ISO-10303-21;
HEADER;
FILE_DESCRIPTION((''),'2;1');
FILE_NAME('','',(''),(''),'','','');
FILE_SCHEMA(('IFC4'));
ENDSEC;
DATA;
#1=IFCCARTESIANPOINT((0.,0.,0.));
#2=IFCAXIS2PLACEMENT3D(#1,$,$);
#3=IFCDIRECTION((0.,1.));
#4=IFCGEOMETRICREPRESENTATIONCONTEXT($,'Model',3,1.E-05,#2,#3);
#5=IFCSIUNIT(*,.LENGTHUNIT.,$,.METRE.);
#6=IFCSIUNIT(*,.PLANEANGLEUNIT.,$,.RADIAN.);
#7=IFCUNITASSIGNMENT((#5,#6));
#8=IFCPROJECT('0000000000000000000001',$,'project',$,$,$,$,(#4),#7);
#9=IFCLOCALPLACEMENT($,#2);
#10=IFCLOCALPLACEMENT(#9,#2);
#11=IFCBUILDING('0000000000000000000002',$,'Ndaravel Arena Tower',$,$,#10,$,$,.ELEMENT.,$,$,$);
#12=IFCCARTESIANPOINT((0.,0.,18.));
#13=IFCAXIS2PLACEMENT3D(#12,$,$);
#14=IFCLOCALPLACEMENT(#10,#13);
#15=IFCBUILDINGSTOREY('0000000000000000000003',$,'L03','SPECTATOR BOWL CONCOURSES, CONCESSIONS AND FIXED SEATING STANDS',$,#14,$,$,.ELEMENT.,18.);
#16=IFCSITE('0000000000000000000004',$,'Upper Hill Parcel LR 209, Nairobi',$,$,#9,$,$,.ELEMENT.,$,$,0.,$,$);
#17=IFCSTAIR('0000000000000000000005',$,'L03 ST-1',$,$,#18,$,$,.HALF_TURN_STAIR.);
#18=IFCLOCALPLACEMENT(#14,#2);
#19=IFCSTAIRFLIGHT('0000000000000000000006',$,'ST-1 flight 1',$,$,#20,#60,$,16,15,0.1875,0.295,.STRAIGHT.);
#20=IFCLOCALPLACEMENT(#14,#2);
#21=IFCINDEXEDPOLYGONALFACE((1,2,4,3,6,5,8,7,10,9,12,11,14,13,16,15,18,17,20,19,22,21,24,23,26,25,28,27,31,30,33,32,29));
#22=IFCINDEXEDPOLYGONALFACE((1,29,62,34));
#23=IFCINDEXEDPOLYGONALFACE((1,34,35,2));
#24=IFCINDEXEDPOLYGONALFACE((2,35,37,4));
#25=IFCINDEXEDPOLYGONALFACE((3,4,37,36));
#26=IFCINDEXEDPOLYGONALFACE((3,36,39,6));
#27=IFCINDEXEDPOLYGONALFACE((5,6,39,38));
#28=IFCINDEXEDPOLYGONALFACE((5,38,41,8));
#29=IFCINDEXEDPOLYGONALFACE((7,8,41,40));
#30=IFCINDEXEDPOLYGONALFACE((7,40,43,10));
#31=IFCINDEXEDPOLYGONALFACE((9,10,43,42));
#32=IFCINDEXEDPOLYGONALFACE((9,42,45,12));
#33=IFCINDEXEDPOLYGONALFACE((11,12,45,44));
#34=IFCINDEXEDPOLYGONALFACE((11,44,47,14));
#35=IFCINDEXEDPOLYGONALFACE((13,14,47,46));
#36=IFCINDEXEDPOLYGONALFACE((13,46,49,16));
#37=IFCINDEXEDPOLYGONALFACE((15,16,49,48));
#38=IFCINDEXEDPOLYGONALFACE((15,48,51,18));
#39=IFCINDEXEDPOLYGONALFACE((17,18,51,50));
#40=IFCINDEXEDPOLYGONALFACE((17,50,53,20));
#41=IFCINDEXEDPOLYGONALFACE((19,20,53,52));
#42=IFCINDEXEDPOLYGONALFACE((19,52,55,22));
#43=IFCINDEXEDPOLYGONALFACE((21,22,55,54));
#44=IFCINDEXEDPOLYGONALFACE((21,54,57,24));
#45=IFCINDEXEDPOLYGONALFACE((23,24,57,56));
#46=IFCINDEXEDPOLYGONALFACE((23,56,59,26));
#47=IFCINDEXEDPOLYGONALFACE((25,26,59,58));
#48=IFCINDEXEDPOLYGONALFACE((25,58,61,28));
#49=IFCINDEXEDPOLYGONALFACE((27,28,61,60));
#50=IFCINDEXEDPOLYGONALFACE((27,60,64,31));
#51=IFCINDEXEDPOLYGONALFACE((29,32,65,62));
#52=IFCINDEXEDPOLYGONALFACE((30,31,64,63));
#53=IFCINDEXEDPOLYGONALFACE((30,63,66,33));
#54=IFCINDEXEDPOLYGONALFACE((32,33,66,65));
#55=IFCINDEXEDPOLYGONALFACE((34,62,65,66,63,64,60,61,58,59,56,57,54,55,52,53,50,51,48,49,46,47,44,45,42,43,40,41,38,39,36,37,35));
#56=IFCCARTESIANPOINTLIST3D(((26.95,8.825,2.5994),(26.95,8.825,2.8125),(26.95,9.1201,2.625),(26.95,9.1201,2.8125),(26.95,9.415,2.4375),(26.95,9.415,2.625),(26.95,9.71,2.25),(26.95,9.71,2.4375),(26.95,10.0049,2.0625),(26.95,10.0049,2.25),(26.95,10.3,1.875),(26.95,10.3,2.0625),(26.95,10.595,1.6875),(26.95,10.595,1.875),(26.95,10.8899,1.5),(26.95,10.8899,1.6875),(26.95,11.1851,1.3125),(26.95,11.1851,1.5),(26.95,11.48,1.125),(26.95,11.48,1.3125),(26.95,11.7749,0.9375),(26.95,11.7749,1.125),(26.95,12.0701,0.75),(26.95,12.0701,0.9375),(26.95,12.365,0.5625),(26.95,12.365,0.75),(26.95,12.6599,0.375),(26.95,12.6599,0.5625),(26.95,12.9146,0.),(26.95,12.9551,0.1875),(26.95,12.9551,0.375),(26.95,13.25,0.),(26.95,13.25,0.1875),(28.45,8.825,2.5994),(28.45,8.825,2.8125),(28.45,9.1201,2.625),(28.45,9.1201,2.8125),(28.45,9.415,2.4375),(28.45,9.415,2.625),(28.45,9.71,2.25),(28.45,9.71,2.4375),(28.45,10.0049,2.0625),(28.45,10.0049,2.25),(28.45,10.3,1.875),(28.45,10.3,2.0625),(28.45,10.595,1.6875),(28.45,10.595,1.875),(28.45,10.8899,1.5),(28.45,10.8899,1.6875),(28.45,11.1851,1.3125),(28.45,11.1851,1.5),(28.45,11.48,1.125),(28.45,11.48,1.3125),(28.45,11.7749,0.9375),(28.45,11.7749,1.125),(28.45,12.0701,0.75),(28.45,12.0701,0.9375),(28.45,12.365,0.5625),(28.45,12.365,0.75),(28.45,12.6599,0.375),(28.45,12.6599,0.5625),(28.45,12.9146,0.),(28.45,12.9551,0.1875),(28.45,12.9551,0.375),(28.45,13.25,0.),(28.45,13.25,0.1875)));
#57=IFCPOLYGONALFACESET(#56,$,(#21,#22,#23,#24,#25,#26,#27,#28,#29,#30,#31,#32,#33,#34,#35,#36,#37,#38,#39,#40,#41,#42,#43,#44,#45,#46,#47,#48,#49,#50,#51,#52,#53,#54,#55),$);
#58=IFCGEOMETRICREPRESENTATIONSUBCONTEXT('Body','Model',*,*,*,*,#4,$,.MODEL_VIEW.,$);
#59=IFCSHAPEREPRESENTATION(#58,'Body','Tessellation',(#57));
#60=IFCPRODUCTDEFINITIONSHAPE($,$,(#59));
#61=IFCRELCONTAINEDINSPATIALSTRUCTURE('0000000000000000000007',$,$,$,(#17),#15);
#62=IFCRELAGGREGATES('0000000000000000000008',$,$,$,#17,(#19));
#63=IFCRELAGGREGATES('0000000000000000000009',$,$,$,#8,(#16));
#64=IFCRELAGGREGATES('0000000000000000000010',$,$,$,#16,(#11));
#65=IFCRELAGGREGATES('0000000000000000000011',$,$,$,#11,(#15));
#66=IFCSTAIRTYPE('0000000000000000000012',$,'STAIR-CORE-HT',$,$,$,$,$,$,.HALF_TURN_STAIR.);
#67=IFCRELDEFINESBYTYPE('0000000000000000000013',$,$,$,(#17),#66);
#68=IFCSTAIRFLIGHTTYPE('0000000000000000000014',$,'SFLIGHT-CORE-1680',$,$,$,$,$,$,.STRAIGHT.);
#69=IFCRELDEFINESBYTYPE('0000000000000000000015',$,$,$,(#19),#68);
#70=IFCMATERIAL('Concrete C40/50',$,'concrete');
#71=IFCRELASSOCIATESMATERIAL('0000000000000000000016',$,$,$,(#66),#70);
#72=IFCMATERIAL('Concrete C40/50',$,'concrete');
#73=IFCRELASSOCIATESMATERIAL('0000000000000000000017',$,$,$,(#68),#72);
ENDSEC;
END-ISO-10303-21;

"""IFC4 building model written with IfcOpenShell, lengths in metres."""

from ifc_helpers import new_model, si_unit, direction, frame, origin, place, context, subcontext, project, spatial, polyline, outline, extrude, material, type_object, element, aggregate, save


model = new_model("IFC4")

# Units and contexts
model_context = context("Model", 3, precision=1e-05, world=origin(), true_north=direction((0.0, 1.0)))
body_context = subcontext(model_context, "Body", "Model", "MODEL_VIEW")
ifc_project = project(units=[si_unit("LENGTHUNIT", "METRE"), si_unit("PLANEANGLEUNIT", "RADIAN")], contexts=[model_context])

# Site, building, storey
site_placement = place(None, origin())
site = spatial("IfcSite", under=ifc_project, at=site_placement, Name="Upper Hill Parcel LR 209, Nairobi", CompositionType="ELEMENT", RefElevation=0.0)
building_placement = place(site_placement, origin())
building = spatial("IfcBuilding", under=site, at=building_placement, Name="Ndaravel Arena Tower", CompositionType="ELEMENT")
storey_placement = place(building_placement, frame((0.0, 0.0, 18.0)))
storey = spatial("IfcBuildingStorey", under=building, at=storey_placement, Name="L03", Description="SPECTATOR BOWL CONCOURSES, CONCESSIONS AND FIXED SEATING STANDS", CompositionType="ELEMENT", Elevation=18.0)

# Stair, stair flight
ifc_material_1 = material(Name="Concrete C40/50", Category="concrete")
stair_type_1 = type_object("IfcStairType", Name="STAIR-CORE-HT", PredefinedType="HALF_TURN_STAIR", material=ifc_material_1)
stair_1_placement = place(storey_placement, origin())
stair_1 = element("IfcStair", 1, at=stair_1_placement, inside=storey, type_object=stair_type_1, Name="L03 ST-1", PredefinedType="HALF_TURN_STAIR")
ifc_material_2 = material(Name="Concrete C40/50", Category="concrete")
stair_flight_type_1 = type_object("IfcStairFlightType", Name="SFLIGHT-CORE-1680", PredefinedType="STRAIGHT", material=ifc_material_2)
stair_flight_1_placement = place(storey_placement, frame((27.7, 13.25, 0.0), z_axis=(0.0, 0.0, 1.0), x_axis=(0.0, -1.0, 0.0)))
stair_flight_1 = element("IfcStairFlight", 2, at=stair_flight_1_placement, type_object=stair_flight_type_1, Name="ST-1 flight 1", NumberOfRisers=16, NumberOfTreads=15, PredefinedType="STRAIGHT", RiserHeight=0.1875, TreadLength=0.295, context=body_context, shape_type="SweptSolid", body=[
    extrude(outline(polyline([(0.0, 0.0), (0.0, 0.1875), (0.2949, 0.1875), (0.2949, 0.375), (0.5901, 0.375), (0.5901, 0.5625), (0.885, 0.5625), (0.885, 0.75), (1.1799, 0.75), (1.1799, 0.9375), (1.4751, 0.9375), (1.4751, 1.125), (1.77, 1.125), (1.77, 1.3125), (2.0649, 1.3125), (2.0649, 1.5), (2.3601, 1.5), (2.3601, 1.6875), (2.655, 1.6875), (2.655, 1.875), (2.95, 1.875), (2.95, 2.0625), (3.2451, 2.0625), (3.2451, 2.25), (3.54, 2.25), (3.54, 2.4375), (3.835, 2.4375), (3.835, 2.625), (4.1299, 2.625), (4.1299, 2.8125), (4.425, 2.8125), (4.425, 3.0), (4.425, 2.5994), (0.3354, 0.0), (0.0, 0.0)])), frame((0.0, 0.75, 0.0), z_axis=(0.0, -1.0, 0.0), x_axis=(1.0, 0.0, 0.0)), (0.0, 0.0, 1.0), 1.5),
])
aggregate(stair_1, [stair_flight_1])

save(model, "model.ifc")
